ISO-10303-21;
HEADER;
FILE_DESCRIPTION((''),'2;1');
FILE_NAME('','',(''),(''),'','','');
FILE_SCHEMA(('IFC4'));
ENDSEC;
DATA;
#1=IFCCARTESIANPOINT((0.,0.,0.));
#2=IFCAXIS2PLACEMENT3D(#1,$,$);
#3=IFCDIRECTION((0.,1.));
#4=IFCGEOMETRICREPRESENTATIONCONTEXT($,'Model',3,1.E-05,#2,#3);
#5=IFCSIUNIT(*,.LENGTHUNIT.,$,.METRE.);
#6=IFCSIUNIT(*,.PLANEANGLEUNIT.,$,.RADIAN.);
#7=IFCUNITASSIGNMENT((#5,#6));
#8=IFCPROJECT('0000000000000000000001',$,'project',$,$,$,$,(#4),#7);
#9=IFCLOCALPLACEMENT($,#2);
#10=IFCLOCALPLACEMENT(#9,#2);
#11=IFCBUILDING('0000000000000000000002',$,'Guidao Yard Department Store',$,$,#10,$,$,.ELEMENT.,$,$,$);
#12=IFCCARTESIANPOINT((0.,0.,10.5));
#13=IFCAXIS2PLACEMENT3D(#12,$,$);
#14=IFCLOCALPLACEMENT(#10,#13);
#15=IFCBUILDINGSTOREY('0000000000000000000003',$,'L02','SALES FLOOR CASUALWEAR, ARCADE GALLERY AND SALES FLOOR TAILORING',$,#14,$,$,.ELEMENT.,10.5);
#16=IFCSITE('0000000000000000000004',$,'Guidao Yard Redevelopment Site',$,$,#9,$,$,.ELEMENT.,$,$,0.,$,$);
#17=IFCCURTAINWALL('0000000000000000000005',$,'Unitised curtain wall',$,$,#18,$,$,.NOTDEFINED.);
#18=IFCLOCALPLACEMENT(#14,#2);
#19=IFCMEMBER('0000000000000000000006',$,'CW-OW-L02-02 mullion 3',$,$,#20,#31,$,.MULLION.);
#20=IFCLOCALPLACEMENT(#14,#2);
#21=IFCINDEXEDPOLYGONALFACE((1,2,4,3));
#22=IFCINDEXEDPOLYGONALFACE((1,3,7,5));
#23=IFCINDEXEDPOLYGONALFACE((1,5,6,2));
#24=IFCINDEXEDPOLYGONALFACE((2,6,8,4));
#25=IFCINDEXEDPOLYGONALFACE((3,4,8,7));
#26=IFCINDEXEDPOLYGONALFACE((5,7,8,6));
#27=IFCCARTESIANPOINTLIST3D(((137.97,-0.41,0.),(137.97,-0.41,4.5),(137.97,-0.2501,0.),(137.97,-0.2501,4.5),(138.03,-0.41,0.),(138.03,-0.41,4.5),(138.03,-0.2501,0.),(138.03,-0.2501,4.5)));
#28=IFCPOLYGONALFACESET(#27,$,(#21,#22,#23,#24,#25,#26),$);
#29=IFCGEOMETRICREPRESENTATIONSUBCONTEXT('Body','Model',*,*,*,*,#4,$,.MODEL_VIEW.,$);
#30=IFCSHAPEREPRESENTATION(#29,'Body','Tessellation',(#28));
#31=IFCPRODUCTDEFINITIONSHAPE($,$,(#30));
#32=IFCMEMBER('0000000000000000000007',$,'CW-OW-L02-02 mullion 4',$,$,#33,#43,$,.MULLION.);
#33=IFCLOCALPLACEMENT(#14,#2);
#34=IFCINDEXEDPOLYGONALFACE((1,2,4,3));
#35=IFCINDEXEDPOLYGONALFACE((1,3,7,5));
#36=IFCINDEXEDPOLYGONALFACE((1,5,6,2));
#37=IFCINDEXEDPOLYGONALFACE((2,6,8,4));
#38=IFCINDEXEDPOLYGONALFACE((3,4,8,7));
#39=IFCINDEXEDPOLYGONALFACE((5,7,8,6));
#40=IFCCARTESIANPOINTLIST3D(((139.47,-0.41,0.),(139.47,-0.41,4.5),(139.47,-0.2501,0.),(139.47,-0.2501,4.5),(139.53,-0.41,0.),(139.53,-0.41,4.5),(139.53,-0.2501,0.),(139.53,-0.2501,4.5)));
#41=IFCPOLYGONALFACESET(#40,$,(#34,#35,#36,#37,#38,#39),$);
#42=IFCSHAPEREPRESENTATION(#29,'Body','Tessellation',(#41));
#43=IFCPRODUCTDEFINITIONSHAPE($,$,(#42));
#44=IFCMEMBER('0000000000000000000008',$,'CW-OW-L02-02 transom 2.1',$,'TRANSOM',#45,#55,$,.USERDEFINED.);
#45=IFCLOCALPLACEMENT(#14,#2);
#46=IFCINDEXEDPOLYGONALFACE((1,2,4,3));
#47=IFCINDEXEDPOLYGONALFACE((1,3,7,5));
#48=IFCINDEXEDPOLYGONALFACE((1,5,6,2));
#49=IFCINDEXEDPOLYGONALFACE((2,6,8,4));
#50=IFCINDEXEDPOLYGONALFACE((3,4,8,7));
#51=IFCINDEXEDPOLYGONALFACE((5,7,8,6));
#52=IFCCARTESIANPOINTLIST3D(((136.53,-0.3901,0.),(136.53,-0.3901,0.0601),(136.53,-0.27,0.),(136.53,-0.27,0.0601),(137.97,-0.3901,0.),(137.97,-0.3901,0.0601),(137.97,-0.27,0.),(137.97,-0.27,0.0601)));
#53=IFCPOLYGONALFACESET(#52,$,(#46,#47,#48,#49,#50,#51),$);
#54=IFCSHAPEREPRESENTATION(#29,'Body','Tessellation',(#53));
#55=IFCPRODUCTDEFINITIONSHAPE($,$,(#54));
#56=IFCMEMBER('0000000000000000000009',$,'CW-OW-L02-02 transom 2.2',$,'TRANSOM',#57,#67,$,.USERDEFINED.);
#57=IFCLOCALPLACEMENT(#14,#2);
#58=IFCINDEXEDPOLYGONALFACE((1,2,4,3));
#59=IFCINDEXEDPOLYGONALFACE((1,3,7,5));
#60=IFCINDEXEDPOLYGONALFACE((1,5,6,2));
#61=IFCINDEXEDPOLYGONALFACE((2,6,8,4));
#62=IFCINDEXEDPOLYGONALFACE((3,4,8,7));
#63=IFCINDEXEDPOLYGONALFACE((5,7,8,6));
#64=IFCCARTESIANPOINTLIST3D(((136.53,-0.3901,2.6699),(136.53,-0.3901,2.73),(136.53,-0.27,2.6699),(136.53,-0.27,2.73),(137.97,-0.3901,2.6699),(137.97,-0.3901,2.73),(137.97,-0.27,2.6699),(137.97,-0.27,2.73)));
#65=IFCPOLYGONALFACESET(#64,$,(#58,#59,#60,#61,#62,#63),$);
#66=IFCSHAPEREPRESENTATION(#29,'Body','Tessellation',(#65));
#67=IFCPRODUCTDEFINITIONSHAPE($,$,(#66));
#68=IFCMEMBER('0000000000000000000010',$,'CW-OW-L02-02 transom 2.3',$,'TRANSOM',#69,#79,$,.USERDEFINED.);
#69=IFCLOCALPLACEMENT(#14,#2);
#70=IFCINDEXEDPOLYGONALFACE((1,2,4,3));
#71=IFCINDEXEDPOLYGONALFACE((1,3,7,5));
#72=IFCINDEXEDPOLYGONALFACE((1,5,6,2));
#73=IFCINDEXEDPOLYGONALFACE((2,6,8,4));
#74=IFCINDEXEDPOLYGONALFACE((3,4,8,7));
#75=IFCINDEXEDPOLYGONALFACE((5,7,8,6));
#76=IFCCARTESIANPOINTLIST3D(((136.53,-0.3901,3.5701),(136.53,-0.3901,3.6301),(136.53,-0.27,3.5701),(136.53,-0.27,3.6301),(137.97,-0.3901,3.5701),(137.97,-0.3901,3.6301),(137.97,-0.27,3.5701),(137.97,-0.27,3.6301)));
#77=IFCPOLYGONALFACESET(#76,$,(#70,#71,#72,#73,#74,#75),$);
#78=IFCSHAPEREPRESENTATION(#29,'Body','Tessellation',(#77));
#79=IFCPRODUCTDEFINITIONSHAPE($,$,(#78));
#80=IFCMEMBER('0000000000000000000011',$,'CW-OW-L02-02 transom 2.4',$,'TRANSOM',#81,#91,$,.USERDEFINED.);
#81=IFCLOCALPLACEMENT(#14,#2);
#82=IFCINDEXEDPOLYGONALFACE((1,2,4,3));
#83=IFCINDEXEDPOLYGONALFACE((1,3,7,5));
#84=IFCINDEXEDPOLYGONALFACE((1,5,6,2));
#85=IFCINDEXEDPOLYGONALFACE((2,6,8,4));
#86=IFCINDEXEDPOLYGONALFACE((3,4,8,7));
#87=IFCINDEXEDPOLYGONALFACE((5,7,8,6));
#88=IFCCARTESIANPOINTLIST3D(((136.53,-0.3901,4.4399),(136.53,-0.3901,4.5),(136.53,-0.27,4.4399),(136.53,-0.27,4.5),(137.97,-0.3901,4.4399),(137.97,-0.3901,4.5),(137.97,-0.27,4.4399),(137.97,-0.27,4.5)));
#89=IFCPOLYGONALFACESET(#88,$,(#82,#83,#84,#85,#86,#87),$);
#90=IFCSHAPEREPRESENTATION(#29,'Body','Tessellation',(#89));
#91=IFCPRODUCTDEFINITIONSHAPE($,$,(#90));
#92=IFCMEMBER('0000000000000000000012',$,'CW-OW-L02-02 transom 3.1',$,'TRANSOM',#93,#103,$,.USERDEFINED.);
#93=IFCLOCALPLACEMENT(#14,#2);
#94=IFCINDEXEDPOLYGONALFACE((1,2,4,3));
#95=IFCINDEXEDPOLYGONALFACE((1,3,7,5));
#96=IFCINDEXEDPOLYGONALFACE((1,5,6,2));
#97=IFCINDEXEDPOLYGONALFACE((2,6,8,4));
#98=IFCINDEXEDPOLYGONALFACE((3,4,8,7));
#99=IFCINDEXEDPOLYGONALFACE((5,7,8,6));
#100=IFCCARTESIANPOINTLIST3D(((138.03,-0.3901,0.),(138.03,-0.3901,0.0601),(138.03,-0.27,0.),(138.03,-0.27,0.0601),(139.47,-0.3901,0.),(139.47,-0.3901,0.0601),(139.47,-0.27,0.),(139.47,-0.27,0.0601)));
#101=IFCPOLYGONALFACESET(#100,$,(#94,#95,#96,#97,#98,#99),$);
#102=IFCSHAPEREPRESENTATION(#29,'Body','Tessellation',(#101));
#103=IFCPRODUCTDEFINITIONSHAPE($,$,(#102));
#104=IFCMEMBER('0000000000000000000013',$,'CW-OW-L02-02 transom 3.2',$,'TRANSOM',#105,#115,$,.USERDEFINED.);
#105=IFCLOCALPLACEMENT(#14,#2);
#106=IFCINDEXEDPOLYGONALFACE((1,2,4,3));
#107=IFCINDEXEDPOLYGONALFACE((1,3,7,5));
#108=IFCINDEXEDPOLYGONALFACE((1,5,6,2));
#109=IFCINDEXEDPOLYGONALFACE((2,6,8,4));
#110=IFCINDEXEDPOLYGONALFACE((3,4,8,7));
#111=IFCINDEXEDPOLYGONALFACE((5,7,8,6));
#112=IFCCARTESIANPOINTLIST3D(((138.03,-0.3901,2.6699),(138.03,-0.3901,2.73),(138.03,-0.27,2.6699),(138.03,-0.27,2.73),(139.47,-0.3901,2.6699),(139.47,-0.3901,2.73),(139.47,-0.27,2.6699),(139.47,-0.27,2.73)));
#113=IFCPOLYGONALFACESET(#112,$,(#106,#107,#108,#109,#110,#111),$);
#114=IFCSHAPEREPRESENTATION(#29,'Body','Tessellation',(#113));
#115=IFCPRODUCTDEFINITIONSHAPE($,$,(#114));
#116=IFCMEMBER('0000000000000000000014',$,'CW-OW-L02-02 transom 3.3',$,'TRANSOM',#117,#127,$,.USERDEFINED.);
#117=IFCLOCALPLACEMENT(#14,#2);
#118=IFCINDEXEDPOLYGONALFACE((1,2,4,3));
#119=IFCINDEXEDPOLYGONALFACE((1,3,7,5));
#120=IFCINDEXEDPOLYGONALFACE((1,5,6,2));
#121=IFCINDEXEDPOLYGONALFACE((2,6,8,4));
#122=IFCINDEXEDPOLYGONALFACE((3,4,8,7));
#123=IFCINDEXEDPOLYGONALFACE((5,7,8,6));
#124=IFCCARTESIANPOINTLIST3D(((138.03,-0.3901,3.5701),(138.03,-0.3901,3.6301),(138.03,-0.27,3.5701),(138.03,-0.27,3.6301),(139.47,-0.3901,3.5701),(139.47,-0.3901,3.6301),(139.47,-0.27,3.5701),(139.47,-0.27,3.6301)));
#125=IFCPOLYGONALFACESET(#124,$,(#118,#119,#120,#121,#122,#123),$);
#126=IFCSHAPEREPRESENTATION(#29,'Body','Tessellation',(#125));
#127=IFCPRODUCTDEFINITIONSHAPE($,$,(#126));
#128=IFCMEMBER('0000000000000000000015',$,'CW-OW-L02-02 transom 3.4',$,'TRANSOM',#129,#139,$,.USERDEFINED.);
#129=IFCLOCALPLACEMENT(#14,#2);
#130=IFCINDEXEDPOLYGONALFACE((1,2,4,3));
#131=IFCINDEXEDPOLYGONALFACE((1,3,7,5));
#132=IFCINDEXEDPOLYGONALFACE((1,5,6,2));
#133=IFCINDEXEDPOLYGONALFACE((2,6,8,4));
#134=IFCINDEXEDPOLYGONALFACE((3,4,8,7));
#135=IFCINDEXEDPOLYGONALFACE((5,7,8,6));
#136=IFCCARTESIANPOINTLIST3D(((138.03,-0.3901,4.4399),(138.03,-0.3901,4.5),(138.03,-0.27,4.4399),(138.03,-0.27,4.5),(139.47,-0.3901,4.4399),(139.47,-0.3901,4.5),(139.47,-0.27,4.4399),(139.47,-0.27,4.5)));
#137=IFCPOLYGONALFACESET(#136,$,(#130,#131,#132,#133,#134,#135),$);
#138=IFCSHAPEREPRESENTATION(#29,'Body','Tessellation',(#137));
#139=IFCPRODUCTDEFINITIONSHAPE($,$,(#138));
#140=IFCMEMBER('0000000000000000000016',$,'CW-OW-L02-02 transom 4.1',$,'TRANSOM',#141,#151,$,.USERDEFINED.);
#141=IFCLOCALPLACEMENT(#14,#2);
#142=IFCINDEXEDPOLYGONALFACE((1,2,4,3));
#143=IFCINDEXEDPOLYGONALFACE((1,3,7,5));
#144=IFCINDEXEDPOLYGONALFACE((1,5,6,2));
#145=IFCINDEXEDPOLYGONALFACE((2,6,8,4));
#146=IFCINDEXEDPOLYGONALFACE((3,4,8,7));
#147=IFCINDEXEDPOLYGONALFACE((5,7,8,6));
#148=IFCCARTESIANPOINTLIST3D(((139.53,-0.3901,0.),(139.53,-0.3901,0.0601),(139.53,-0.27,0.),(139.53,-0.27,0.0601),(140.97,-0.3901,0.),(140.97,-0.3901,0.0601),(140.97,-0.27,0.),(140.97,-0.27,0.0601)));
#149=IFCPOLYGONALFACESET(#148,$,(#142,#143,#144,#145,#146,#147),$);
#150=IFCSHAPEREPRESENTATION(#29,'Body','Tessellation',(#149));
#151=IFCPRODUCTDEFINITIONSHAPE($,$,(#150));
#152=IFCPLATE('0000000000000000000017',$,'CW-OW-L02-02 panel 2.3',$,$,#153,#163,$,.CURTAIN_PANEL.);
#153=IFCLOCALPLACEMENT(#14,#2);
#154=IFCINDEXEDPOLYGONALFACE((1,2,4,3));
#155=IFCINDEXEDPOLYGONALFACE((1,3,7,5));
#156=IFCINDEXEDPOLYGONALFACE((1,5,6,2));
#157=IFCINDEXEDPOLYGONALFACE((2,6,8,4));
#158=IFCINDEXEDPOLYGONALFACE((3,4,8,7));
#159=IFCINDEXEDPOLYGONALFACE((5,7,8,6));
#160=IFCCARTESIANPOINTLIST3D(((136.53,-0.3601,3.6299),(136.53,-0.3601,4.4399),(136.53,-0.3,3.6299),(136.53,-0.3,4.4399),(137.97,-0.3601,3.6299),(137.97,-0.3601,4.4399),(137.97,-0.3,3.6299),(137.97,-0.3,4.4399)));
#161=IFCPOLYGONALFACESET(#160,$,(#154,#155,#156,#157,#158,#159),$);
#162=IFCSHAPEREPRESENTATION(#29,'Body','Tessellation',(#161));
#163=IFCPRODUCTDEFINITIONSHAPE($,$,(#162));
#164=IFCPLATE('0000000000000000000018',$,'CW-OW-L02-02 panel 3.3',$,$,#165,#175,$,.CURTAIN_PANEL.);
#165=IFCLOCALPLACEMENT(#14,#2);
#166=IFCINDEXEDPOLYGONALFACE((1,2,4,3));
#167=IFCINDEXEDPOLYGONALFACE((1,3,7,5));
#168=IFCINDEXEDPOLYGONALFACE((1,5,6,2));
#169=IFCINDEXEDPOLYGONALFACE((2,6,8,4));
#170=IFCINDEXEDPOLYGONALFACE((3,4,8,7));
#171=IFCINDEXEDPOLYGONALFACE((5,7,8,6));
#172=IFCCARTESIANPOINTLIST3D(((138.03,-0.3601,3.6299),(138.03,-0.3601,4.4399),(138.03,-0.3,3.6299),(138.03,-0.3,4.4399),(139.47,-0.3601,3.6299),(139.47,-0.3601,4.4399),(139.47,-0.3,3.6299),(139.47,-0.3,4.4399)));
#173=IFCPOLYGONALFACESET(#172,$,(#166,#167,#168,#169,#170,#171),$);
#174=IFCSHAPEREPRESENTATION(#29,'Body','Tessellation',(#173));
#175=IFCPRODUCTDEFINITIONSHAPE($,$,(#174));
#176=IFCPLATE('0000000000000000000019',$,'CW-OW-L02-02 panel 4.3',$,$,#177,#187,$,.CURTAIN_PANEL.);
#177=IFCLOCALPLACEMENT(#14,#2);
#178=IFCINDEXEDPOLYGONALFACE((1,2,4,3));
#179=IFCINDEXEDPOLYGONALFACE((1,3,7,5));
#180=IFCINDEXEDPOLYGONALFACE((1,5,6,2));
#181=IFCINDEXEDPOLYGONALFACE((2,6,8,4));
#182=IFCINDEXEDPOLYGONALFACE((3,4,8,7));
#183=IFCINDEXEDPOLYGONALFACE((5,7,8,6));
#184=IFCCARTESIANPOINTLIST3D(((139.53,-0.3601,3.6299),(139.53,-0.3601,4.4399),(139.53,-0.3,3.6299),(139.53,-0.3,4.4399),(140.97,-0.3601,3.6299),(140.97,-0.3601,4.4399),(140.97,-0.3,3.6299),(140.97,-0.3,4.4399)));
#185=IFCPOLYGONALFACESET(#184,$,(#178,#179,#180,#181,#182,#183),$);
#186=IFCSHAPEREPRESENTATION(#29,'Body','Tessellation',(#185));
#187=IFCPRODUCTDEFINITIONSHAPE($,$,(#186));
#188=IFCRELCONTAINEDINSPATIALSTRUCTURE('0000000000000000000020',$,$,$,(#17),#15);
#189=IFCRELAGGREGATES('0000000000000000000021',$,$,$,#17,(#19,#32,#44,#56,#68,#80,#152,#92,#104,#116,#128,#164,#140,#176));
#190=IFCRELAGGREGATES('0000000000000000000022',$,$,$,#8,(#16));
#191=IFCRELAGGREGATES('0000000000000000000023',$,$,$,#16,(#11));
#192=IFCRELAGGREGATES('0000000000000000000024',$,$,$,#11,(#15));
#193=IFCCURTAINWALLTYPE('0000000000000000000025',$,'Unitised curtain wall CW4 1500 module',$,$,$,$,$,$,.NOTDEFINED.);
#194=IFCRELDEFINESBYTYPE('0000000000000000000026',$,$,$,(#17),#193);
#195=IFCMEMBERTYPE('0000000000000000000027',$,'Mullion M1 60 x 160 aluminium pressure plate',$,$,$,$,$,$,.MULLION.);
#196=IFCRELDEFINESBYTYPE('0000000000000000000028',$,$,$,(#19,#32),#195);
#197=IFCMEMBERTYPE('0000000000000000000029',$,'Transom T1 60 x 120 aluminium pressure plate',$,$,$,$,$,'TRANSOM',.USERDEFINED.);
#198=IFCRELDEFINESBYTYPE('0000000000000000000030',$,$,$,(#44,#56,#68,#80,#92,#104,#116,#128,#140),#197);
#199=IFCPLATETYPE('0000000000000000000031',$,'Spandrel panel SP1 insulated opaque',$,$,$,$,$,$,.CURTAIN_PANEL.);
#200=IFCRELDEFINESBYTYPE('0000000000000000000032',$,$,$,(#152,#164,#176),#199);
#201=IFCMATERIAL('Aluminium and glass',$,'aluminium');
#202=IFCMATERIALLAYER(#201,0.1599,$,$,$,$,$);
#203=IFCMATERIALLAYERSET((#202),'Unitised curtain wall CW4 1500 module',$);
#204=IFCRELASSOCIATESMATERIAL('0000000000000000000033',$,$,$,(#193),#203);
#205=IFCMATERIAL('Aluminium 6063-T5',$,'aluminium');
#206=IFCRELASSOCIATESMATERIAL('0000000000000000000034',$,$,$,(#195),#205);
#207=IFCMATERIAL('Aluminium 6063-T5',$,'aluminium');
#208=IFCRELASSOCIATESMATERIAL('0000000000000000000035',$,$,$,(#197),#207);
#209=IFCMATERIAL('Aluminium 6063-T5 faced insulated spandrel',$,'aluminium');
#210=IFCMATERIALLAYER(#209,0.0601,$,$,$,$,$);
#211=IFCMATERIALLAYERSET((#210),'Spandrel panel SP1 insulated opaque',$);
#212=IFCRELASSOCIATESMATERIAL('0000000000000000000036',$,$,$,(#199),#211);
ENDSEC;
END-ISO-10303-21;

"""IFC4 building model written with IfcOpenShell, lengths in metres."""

from ifc_helpers import new_model, si_unit, direction, frame, origin, origin_2d, place, context, subcontext, project, spatial, rectangle, extrude, material, layer, layer_set, material_profile, profile_set, type_object, element, aggregate, save


model = new_model("IFC4")

# Units and contexts
model_context = context("Model", 3, precision=1e-05, world=origin(), true_north=direction((0.0, 1.0)))
body_context = subcontext(model_context, "Body", "Model", "MODEL_VIEW")
ifc_project = project(units=[si_unit("LENGTHUNIT", "METRE"), si_unit("PLANEANGLEUNIT", "RADIAN")], contexts=[model_context])

# Site, building, storey
site_placement = place(None, origin())
site = spatial("IfcSite", under=ifc_project, at=site_placement, Name="Guidao Yard Redevelopment Site", CompositionType="ELEMENT", RefElevation=0.0)
building_placement = place(site_placement, origin())
building = spatial("IfcBuilding", under=site, at=building_placement, Name="Guidao Yard Department Store", CompositionType="ELEMENT")
storey_placement = place(building_placement, frame((0.0, 0.0, 10.5)))
storey = spatial("IfcBuildingStorey", under=building, at=storey_placement, Name="L02", Description="SALES FLOOR CASUALWEAR, ARCADE GALLERY AND SALES FLOOR TAILORING", CompositionType="ELEMENT", Elevation=10.5)

# Curtain wall, members, plates
ifc_material_1 = material(Name="Aluminium and glass", Category="aluminium")
ifc_layer_1 = layer(ifc_material_1, 0.1599)
ifc_layer_set_1 = layer_set([ifc_layer_1], Name="Unitised curtain wall CW4 1500 module")
curtain_wall_type = type_object("IfcCurtainWallType", Name="Unitised curtain wall CW4 1500 module", PredefinedType="NOTDEFINED", material=ifc_layer_set_1)
curtain_wall_placement = place(storey_placement, origin())
curtain_wall = element("IfcCurtainWall", 1, at=curtain_wall_placement, inside=storey, type_object=curtain_wall_type, Name="Unitised curtain wall", PredefinedType="NOTDEFINED")
ifc_material_2 = material(Name="Aluminium 6063-T5", Category="aluminium")
ifc_material_profile_1 = material_profile(ifc_material_2, rectangle(XDim=0.0601, YDim=0.1599, at=origin_2d()), Name="Mullion M1 60 x 160 aluminium pressure plate")
ifc_profile_set_1 = profile_set([ifc_material_profile_1], Name="Aluminium 6063-T5")
member_type_1 = type_object("IfcMemberType", Name="Mullion M1 60 x 160 aluminium pressure plate", PredefinedType="MULLION", material=ifc_profile_set_1)
member_1_placement = place(storey_placement, frame((138.0, -0.3301, 0.0), z_axis=(0.0, 0.0, 1.0), x_axis=(-1.0, 0.0, 0.0)))
member_1 = element("IfcMember", 2, at=member_1_placement, type_object=member_type_1, Name="CW-OW-L02-02 mullion 3", PredefinedType="MULLION", context=body_context, shape_type="SweptSolid", body=[
    extrude(rectangle(XDim=0.0601, YDim=0.1599, at=origin_2d()), origin(), (0.0, 0.0, 1.0), 4.5),
])
member_2_placement = place(storey_placement, frame((139.5, -0.3301, 0.0), z_axis=(0.0, 0.0, 1.0), x_axis=(-1.0, 0.0, 0.0)))
member_2 = element("IfcMember", 3, at=member_2_placement, type_object=member_type_1, Name="CW-OW-L02-02 mullion 4", PredefinedType="MULLION", context=body_context, shape_type="SweptSolid", body=[
    extrude(rectangle(XDim=0.0601, YDim=0.1599, at=origin_2d()), origin(), (0.0, 0.0, 1.0), 4.5),
])
ifc_material_3 = material(Name="Aluminium 6063-T5", Category="aluminium")
ifc_material_profile_2 = material_profile(ifc_material_3, rectangle(XDim=0.1201, YDim=0.0601, at=origin_2d()), Name="Transom T1 60 x 120 aluminium pressure plate")
ifc_profile_set_2 = profile_set([ifc_material_profile_2], Name="Aluminium 6063-T5")
member_type_2 = type_object("IfcMemberType", Name="Transom T1 60 x 120 aluminium pressure plate", ElementType="TRANSOM", PredefinedType="USERDEFINED", material=ifc_profile_set_2)
member_3_placement = place(storey_placement, frame((137.97, -0.3301, 0.03), z_axis=(-1.0, 0.0, 0.0), x_axis=(0.0, -1.0, 0.0)))
member_3 = element("IfcMember", 4, at=member_3_placement, type_object=member_type_2, Name="CW-OW-L02-02 transom 2.1", ObjectType="TRANSOM", PredefinedType="USERDEFINED", context=body_context, shape_type="SweptSolid", body=[
    extrude(rectangle(XDim=0.1201, YDim=0.0601, at=origin_2d()), origin(), (0.0, 0.0, 1.0), 1.4399),
])
member_4_placement = place(storey_placement, frame((137.97, -0.3301, 2.7), z_axis=(-1.0, 0.0, 0.0), x_axis=(0.0, -1.0, 0.0)))
member_4 = element("IfcMember", 5, at=member_4_placement, type_object=member_type_2, Name="CW-OW-L02-02 transom 2.2", ObjectType="TRANSOM", PredefinedType="USERDEFINED", context=body_context, shape_type="SweptSolid", body=[
    extrude(rectangle(XDim=0.1201, YDim=0.0601, at=origin_2d()), origin(), (0.0, 0.0, 1.0), 1.4399),
])
member_5_placement = place(storey_placement, frame((137.97, -0.3301, 3.6001), z_axis=(-1.0, 0.0, 0.0), x_axis=(0.0, -1.0, 0.0)))
member_5 = element("IfcMember", 6, at=member_5_placement, type_object=member_type_2, Name="CW-OW-L02-02 transom 2.3", ObjectType="TRANSOM", PredefinedType="USERDEFINED", context=body_context, shape_type="SweptSolid", body=[
    extrude(rectangle(XDim=0.1201, YDim=0.0601, at=origin_2d()), origin(), (0.0, 0.0, 1.0), 1.4399),
])
member_6_placement = place(storey_placement, frame((137.97, -0.3301, 4.47), z_axis=(-1.0, 0.0, 0.0), x_axis=(0.0, -1.0, 0.0)))
member_6 = element("IfcMember", 7, at=member_6_placement, type_object=member_type_2, Name="CW-OW-L02-02 transom 2.4", ObjectType="TRANSOM", PredefinedType="USERDEFINED", context=body_context, shape_type="SweptSolid", body=[
    extrude(rectangle(XDim=0.1201, YDim=0.0601, at=origin_2d()), origin(), (0.0, 0.0, 1.0), 1.4399),
])
member_7_placement = place(storey_placement, frame((139.47, -0.3301, 0.03), z_axis=(-1.0, 0.0, 0.0), x_axis=(0.0, -1.0, 0.0)))
member_7 = element("IfcMember", 8, at=member_7_placement, type_object=member_type_2, Name="CW-OW-L02-02 transom 3.1", ObjectType="TRANSOM", PredefinedType="USERDEFINED", context=body_context, shape_type="SweptSolid", body=[
    extrude(rectangle(XDim=0.1201, YDim=0.0601, at=origin_2d()), origin(), (0.0, 0.0, 1.0), 1.4399),
])
member_8_placement = place(storey_placement, frame((139.47, -0.3301, 2.7), z_axis=(-1.0, 0.0, 0.0), x_axis=(0.0, -1.0, 0.0)))
member_8 = element("IfcMember", 9, at=member_8_placement, type_object=member_type_2, Name="CW-OW-L02-02 transom 3.2", ObjectType="TRANSOM", PredefinedType="USERDEFINED", context=body_context, shape_type="SweptSolid", body=[
    extrude(rectangle(XDim=0.1201, YDim=0.0601, at=origin_2d()), origin(), (0.0, 0.0, 1.0), 1.4399),
])
member_9_placement = place(storey_placement, frame((139.47, -0.3301, 3.6001), z_axis=(-1.0, 0.0, 0.0), x_axis=(0.0, -1.0, 0.0)))
member_9 = element("IfcMember", 10, at=member_9_placement, type_object=member_type_2, Name="CW-OW-L02-02 transom 3.3", ObjectType="TRANSOM", PredefinedType="USERDEFINED", context=body_context, shape_type="SweptSolid", body=[
    extrude(rectangle(XDim=0.1201, YDim=0.0601, at=origin_2d()), origin(), (0.0, 0.0, 1.0), 1.4399),
])
member_10_placement = place(storey_placement, frame((139.47, -0.3301, 4.47), z_axis=(-1.0, 0.0, 0.0), x_axis=(0.0, -1.0, 0.0)))
member_10 = element("IfcMember", 11, at=member_10_placement, type_object=member_type_2, Name="CW-OW-L02-02 transom 3.4", ObjectType="TRANSOM", PredefinedType="USERDEFINED", context=body_context, shape_type="SweptSolid", body=[
    extrude(rectangle(XDim=0.1201, YDim=0.0601, at=origin_2d()), origin(), (0.0, 0.0, 1.0), 1.4399),
])
member_11_placement = place(storey_placement, frame((140.97, -0.3301, 0.03), z_axis=(-1.0, 0.0, 0.0), x_axis=(0.0, -1.0, 0.0)))
member_11 = element("IfcMember", 12, at=member_11_placement, type_object=member_type_2, Name="CW-OW-L02-02 transom 4.1", ObjectType="TRANSOM", PredefinedType="USERDEFINED", context=body_context, shape_type="SweptSolid", body=[
    extrude(rectangle(XDim=0.1201, YDim=0.0601, at=origin_2d()), origin(), (0.0, 0.0, 1.0), 1.4399),
])
ifc_material_4 = material(Name="Aluminium 6063-T5 faced insulated spandrel", Category="aluminium")
ifc_layer_2 = layer(ifc_material_4, 0.0601)
ifc_layer_set_2 = layer_set([ifc_layer_2], Name="Spandrel panel SP1 insulated opaque")
plate_type_1 = type_object("IfcPlateType", Name="Spandrel panel SP1 insulated opaque", PredefinedType="CURTAIN_PANEL", material=ifc_layer_set_2)
plate_1_placement = place(storey_placement, frame((137.25, -0.3301, 3.6299), z_axis=(0.0, 0.0, 1.0), x_axis=(-1.0, 0.0, 0.0)))
plate_1 = element("IfcPlate", 13, at=plate_1_placement, type_object=plate_type_1, Name="CW-OW-L02-02 panel 2.3", PredefinedType="CURTAIN_PANEL", context=body_context, shape_type="SweptSolid", body=[
    extrude(rectangle(XDim=1.4399, YDim=0.0601, at=origin_2d()), origin(), (0.0, 0.0, 1.0), 0.8101),
])
plate_2_placement = place(storey_placement, frame((138.75, -0.3301, 3.6299), z_axis=(0.0, 0.0, 1.0), x_axis=(-1.0, 0.0, 0.0)))
plate_2 = element("IfcPlate", 14, at=plate_2_placement, type_object=plate_type_1, Name="CW-OW-L02-02 panel 3.3", PredefinedType="CURTAIN_PANEL", context=body_context, shape_type="SweptSolid", body=[
    extrude(rectangle(XDim=1.4399, YDim=0.0601, at=origin_2d()), origin(), (0.0, 0.0, 1.0), 0.8101),
])
plate_3_placement = place(storey_placement, frame((140.25, -0.3301, 3.6299), z_axis=(0.0, 0.0, 1.0), x_axis=(-1.0, 0.0, 0.0)))
plate_3 = element("IfcPlate", 15, at=plate_3_placement, type_object=plate_type_1, Name="CW-OW-L02-02 panel 4.3", PredefinedType="CURTAIN_PANEL", context=body_context, shape_type="SweptSolid", body=[
    extrude(rectangle(XDim=1.4399, YDim=0.0601, at=origin_2d()), origin(), (0.0, 0.0, 1.0), 0.8101),
])
aggregate(curtain_wall, [member_1, member_2, member_3, member_4, member_5, member_6, plate_1, member_7, member_8, member_9, member_10, plate_2, member_11, plate_3])

save(model, "model.ifc")
